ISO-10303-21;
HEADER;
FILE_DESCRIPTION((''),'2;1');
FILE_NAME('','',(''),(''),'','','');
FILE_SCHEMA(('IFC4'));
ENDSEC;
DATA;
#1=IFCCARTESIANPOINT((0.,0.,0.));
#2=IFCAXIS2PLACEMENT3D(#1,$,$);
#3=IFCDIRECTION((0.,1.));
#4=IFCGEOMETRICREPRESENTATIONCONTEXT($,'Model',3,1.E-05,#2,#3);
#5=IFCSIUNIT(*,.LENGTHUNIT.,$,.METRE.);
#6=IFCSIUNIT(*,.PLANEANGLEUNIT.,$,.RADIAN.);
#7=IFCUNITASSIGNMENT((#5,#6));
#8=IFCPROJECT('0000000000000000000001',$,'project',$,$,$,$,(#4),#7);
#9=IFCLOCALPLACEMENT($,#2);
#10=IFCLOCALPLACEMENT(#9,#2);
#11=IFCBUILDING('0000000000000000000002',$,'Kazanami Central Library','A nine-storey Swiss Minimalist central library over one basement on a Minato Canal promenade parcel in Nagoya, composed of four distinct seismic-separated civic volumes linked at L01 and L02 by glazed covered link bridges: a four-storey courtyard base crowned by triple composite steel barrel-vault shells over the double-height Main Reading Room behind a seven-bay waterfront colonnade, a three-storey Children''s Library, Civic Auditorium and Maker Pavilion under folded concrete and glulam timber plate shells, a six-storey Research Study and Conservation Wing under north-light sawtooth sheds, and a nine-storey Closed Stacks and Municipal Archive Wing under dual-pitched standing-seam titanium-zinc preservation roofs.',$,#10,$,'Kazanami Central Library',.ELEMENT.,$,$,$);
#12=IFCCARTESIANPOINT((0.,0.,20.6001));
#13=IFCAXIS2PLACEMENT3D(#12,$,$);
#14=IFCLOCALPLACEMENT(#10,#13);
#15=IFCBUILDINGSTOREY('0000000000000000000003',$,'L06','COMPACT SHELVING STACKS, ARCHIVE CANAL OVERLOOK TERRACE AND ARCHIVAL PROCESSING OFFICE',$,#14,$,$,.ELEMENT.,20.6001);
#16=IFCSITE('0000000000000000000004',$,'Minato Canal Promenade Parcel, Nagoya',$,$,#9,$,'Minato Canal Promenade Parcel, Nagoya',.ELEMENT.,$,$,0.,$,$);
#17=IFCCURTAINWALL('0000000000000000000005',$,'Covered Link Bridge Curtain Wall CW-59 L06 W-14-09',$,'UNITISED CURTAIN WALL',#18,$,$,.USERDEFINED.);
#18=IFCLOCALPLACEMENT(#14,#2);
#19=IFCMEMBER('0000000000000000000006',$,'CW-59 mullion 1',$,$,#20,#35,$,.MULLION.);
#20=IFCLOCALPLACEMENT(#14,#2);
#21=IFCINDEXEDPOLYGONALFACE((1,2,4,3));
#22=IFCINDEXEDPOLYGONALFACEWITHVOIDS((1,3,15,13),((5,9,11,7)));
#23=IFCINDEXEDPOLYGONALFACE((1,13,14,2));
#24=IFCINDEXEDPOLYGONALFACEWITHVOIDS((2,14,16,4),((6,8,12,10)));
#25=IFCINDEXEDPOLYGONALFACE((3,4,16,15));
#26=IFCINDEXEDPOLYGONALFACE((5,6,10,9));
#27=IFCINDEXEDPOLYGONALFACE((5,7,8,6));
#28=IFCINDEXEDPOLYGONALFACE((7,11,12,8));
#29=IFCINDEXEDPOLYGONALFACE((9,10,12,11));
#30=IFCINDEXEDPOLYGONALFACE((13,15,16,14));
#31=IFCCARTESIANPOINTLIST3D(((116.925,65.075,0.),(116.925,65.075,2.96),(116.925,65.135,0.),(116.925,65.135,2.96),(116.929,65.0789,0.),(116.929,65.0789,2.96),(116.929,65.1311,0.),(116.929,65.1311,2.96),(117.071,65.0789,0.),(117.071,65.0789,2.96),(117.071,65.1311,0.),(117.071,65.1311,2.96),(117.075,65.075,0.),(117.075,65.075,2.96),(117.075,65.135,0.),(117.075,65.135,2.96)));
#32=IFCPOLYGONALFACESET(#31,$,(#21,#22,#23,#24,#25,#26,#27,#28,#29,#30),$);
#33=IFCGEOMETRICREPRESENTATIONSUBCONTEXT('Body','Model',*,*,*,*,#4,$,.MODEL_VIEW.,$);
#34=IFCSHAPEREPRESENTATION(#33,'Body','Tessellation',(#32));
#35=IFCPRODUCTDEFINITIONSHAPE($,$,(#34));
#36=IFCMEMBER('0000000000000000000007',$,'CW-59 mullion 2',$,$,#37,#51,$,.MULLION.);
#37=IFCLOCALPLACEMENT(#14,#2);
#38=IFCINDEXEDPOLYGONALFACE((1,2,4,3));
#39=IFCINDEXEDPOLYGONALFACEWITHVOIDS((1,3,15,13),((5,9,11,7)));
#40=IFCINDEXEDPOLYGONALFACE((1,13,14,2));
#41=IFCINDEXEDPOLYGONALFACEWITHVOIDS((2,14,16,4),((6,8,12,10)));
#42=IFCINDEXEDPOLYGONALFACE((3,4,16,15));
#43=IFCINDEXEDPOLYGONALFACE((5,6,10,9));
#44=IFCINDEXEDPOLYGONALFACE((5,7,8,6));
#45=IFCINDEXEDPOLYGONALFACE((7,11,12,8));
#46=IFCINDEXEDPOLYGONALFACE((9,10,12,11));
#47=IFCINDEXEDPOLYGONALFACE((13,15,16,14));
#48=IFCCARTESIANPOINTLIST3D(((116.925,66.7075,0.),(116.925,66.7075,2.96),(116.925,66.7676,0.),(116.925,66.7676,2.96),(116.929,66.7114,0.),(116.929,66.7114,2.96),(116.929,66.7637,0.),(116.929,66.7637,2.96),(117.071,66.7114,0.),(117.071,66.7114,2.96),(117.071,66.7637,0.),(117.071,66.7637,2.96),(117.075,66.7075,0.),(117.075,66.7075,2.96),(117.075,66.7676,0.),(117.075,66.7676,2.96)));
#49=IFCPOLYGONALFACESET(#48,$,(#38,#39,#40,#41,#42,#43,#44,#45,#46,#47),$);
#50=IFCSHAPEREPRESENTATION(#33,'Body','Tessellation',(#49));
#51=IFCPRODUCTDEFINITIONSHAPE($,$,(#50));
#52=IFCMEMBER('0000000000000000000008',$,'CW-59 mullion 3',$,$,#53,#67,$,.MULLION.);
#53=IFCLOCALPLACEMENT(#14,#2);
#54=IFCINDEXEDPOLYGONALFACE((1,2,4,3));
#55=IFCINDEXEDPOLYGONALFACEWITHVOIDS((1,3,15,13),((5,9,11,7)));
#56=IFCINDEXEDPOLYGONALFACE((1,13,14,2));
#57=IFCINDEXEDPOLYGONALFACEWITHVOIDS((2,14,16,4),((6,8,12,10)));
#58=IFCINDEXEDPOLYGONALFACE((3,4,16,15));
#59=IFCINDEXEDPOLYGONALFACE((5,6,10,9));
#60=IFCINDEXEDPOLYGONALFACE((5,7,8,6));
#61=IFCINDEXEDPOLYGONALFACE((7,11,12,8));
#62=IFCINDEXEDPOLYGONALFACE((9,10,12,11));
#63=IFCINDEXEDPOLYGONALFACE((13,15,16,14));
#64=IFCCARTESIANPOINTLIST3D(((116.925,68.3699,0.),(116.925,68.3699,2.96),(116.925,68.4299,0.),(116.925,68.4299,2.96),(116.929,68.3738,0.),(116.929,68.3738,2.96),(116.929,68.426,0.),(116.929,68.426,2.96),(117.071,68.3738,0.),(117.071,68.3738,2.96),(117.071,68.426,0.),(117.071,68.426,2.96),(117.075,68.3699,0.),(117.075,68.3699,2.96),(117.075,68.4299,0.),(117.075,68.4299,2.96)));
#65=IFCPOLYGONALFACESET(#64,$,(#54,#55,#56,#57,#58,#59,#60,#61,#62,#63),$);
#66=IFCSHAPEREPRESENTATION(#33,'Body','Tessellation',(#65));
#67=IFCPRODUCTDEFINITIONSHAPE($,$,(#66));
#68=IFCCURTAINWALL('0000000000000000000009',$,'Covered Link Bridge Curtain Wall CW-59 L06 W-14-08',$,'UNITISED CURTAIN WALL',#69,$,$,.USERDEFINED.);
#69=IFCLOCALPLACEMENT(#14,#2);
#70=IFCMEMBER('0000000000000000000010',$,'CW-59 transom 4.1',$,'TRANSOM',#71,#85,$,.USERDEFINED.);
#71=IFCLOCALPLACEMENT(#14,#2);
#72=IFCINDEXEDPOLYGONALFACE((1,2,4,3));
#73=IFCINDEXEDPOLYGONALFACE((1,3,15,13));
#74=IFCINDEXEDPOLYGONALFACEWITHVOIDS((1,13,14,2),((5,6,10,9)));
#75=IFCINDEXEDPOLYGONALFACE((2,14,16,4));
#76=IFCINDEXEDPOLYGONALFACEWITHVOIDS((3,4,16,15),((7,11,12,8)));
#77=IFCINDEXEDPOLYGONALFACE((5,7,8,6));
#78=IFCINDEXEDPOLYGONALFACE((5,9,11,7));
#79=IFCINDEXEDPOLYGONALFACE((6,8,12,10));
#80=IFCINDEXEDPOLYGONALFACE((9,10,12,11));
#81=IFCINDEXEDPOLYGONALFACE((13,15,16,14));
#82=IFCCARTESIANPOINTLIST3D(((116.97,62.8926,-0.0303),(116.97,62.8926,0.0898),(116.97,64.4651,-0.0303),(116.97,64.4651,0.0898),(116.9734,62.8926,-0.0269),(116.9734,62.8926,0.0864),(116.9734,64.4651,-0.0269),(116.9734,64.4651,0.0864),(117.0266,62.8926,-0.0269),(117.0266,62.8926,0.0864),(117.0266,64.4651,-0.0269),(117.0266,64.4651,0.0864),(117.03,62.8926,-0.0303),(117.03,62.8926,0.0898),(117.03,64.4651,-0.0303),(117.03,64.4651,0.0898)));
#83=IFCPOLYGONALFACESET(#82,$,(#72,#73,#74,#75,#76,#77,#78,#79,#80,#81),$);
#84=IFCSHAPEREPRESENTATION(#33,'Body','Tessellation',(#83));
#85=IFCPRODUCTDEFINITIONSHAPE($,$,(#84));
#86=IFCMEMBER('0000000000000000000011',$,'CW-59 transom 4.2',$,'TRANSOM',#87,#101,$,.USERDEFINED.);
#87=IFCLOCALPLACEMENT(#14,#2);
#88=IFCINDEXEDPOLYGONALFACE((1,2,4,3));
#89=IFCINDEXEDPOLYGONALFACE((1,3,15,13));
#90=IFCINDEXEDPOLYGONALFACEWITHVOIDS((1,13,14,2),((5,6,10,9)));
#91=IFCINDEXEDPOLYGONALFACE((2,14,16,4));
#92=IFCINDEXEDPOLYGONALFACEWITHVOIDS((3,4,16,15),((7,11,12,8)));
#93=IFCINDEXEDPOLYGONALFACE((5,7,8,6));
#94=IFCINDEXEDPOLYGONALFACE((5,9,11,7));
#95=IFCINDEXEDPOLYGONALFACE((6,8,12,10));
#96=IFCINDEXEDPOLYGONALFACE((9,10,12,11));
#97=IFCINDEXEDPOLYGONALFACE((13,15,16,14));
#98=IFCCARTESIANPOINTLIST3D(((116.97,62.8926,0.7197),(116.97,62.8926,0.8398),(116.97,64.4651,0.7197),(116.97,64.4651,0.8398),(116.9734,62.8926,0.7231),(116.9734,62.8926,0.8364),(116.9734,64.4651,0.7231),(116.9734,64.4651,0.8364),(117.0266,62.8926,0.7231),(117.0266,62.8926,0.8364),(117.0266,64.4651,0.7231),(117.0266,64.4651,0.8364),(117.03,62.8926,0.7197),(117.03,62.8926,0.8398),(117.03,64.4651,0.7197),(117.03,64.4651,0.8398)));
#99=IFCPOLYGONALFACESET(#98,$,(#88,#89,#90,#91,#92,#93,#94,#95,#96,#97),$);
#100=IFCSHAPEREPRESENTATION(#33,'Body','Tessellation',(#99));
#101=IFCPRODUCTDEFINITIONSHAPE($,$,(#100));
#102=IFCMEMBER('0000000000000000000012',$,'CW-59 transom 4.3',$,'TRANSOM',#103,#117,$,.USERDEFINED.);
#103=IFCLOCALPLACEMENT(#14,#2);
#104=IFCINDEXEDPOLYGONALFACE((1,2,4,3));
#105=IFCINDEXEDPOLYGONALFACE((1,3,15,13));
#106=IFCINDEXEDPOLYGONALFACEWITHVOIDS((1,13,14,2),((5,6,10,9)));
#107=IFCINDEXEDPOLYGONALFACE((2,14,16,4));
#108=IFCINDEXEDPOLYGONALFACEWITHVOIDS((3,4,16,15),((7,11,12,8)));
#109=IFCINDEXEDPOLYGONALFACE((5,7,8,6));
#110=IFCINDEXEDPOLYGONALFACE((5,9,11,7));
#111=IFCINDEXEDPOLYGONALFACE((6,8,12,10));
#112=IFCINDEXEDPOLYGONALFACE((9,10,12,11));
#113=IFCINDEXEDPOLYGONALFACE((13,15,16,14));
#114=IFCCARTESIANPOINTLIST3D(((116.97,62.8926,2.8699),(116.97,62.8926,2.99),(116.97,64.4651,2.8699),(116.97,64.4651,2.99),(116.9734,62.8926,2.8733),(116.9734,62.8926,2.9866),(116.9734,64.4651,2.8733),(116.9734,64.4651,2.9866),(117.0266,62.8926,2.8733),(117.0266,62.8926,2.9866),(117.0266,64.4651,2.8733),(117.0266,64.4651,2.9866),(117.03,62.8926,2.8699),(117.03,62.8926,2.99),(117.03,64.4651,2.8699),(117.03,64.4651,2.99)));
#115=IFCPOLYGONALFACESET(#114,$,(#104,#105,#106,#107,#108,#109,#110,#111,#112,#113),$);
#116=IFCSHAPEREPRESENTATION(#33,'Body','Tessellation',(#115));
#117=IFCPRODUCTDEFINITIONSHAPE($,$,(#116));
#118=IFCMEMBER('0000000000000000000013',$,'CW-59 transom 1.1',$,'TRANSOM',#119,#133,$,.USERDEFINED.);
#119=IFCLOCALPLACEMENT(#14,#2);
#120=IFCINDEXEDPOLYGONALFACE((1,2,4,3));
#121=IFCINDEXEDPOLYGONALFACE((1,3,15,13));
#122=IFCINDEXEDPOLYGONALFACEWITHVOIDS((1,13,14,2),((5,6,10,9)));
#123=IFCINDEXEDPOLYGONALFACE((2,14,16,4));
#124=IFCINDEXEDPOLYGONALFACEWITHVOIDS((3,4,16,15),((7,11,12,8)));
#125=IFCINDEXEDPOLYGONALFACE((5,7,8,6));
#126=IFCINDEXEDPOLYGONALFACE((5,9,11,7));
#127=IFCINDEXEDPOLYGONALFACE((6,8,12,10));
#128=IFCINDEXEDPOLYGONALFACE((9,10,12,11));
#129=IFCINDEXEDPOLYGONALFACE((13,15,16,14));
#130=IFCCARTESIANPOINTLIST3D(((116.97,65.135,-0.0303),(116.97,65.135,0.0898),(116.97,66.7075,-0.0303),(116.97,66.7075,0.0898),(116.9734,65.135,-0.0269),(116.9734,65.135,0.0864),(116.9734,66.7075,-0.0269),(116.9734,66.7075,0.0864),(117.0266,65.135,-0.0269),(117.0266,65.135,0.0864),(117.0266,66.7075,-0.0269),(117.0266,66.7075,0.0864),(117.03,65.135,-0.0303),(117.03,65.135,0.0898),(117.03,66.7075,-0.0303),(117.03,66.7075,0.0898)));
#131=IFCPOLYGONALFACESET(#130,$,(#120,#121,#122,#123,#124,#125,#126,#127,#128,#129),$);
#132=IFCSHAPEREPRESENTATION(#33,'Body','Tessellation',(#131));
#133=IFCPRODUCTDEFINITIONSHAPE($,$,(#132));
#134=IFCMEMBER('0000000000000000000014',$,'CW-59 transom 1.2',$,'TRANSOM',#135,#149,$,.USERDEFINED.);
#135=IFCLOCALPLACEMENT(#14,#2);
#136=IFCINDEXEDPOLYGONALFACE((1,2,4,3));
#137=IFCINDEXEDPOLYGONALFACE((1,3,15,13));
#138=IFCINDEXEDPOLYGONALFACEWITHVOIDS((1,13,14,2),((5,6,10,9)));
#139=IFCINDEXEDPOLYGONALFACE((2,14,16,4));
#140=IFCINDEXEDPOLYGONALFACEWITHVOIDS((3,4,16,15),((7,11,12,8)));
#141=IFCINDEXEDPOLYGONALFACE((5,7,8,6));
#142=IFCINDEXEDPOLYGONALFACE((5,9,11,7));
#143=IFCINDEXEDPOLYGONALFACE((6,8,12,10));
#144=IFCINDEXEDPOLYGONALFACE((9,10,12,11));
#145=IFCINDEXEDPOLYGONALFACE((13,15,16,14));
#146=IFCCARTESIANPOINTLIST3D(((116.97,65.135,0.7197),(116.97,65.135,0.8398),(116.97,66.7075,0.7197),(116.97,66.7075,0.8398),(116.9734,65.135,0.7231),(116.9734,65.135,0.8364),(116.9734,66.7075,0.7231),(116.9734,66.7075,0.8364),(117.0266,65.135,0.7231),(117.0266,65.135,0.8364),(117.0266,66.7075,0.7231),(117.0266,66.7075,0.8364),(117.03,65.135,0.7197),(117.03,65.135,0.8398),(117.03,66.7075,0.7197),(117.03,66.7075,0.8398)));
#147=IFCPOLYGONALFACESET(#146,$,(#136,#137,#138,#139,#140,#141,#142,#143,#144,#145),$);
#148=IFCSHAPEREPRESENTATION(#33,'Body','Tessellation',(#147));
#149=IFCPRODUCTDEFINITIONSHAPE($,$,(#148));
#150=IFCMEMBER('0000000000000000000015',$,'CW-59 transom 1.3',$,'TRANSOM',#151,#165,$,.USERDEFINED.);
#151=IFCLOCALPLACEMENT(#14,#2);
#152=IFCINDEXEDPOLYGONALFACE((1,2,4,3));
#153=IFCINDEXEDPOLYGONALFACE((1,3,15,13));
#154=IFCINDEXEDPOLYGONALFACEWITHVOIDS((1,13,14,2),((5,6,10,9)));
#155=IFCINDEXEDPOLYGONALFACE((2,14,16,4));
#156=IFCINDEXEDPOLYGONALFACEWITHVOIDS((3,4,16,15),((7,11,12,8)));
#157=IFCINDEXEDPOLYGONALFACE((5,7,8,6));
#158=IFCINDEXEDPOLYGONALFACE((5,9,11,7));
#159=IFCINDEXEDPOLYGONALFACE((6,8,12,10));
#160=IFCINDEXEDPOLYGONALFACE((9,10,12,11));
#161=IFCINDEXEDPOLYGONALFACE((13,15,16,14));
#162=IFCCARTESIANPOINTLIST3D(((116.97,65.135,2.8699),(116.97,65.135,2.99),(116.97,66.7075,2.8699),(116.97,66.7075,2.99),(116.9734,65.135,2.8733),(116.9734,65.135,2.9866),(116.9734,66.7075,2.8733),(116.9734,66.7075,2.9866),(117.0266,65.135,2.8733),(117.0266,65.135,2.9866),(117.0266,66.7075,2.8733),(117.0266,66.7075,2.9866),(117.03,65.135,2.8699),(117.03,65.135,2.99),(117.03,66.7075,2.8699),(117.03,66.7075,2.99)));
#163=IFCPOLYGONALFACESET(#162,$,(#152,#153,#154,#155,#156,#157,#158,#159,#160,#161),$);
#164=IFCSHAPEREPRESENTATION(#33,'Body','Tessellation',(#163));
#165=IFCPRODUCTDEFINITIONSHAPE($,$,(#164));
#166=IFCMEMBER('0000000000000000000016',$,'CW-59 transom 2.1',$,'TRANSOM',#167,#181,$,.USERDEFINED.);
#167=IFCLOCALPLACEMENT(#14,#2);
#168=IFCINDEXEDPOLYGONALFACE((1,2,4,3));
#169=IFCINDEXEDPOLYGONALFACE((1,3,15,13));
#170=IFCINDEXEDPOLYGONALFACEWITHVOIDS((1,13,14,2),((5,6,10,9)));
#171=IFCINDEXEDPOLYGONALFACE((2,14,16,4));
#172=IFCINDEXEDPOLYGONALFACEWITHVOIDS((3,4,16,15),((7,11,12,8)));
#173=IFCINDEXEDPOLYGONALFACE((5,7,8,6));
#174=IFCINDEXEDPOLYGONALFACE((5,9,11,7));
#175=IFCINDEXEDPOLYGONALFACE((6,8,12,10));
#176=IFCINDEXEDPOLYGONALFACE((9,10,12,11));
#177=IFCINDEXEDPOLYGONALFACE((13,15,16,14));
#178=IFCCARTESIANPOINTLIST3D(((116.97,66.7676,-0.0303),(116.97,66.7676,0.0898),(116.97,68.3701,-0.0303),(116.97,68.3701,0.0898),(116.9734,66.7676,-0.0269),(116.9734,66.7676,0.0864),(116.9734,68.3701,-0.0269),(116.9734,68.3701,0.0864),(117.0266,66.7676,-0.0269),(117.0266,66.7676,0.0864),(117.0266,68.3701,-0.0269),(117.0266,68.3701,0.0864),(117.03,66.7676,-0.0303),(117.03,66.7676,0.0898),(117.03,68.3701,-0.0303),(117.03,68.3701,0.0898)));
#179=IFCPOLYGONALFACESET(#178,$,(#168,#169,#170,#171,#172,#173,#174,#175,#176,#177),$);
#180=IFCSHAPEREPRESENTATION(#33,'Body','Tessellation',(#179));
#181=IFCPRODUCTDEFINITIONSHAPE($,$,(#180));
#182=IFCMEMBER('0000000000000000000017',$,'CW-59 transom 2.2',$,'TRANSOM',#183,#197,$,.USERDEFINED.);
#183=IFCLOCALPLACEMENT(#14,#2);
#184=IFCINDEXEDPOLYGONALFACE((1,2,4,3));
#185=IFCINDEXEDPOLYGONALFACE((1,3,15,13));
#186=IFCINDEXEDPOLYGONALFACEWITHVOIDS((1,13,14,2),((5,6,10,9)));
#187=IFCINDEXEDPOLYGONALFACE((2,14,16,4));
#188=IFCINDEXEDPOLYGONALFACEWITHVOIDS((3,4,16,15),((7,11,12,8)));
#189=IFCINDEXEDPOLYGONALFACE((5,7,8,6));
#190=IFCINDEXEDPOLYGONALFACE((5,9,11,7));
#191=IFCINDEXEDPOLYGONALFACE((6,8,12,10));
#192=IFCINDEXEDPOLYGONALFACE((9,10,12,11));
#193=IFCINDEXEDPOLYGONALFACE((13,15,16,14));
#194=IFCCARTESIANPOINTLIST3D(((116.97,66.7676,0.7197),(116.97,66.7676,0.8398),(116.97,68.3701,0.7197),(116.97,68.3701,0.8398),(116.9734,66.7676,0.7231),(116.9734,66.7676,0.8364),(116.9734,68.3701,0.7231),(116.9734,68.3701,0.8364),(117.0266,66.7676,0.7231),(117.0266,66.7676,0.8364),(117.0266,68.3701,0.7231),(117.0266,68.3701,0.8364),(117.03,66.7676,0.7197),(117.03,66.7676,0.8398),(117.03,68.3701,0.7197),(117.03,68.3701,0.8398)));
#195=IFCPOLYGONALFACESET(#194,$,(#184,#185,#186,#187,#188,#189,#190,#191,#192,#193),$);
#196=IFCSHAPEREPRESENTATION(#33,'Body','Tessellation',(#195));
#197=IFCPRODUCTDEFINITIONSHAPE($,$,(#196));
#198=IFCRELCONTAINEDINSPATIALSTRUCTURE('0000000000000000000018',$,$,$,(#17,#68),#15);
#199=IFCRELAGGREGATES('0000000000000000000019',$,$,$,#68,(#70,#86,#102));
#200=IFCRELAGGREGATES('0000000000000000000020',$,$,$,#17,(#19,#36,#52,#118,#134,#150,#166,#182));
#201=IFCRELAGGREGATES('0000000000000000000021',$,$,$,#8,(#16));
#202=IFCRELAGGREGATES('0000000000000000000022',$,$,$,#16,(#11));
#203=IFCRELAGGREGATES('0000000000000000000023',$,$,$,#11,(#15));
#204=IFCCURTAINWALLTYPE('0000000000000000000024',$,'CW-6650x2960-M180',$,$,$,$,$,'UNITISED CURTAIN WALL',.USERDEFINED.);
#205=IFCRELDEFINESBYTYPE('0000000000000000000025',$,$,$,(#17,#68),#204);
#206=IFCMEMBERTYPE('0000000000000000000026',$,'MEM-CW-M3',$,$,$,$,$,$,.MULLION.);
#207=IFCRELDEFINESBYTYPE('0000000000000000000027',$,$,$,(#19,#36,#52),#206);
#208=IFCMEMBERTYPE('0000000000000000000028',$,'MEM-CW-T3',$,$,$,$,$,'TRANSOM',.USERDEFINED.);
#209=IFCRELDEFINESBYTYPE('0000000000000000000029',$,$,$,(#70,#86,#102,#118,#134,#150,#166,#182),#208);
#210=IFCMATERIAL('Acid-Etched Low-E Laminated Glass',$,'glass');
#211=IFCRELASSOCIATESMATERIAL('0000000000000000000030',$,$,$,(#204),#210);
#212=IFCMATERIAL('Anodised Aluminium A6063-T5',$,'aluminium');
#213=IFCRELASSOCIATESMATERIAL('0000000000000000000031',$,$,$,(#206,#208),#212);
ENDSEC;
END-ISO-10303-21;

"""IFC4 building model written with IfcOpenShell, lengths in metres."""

from ifc_helpers import new_model, si_unit, direction, frame, origin, origin_2d, place, context, subcontext, project, spatial, hollow_rectangle, extrude, material, material_profile, profile_set, type_object, element, aggregate, save


model = new_model("IFC4")

# Units and contexts
model_context = context("Model", 3, precision=1e-05, world=origin(), true_north=direction((0.0, 1.0)))
body_context = subcontext(model_context, "Body", "Model", "MODEL_VIEW")
ifc_project = project(units=[si_unit("LENGTHUNIT", "METRE"), si_unit("PLANEANGLEUNIT", "RADIAN")], contexts=[model_context])

# Site, building, storey
site_placement = place(None, origin())
site = spatial("IfcSite", under=ifc_project, at=site_placement, Name="Minato Canal Promenade Parcel, Nagoya", LongName="Minato Canal Promenade Parcel, Nagoya", CompositionType="ELEMENT", RefElevation=0.0)
building_placement = place(site_placement, origin())
building = spatial("IfcBuilding", under=site, at=building_placement, Name="Kazanami Central Library", Description="A nine-storey Swiss Minimalist central library over one basement on a Minato Canal promenade parcel in Nagoya, composed of four distinct seismic-separated civic volumes linked at L01 and L02 by glazed covered link bridges: a four-storey courtyard base crowned by triple composite steel barrel-vault shells over the double-height Main Reading Room behind a seven-bay waterfront colonnade, a three-storey Children's Library, Civic Auditorium and Maker Pavilion under folded concrete and glulam timber plate shells, a six-storey Research Study and Conservation Wing under north-light sawtooth sheds, and a nine-storey Closed Stacks and Municipal Archive Wing under dual-pitched standing-seam titanium-zinc preservation roofs.", LongName="Kazanami Central Library", CompositionType="ELEMENT")
storey_placement = place(building_placement, frame((0.0, 0.0, 20.6001)))
storey = spatial("IfcBuildingStorey", under=building, at=storey_placement, Name="L06", Description="COMPACT SHELVING STACKS, ARCHIVE CANAL OVERLOOK TERRACE AND ARCHIVAL PROCESSING OFFICE", CompositionType="ELEMENT", Elevation=20.6001)

# Curtain walls, members
ifc_material_1 = material(Name="Acid-Etched Low-E Laminated Glass", Category="glass")
curtain_wall_type = type_object("IfcCurtainWallType", Name="CW-6650x2960-M180", ElementType="UNITISED CURTAIN WALL", PredefinedType="USERDEFINED", material=ifc_material_1)
curtain_wall_1_placement = place(storey_placement, origin())
curtain_wall_1 = element("IfcCurtainWall", 1, at=curtain_wall_1_placement, inside=storey, type_object=curtain_wall_type, Name="Covered Link Bridge Curtain Wall CW-59 L06 W-14-09", ObjectType="UNITISED CURTAIN WALL", PredefinedType="USERDEFINED")
ifc_material_2 = material(Name="Anodised Aluminium A6063-T5", Category="aluminium")
ifc_material_profile_1 = material_profile(ifc_material_2, hollow_rectangle(XDim=0.0601, YDim=0.1499, WallThickness=0.0039, at=origin_2d()), Name="ALU-MULL-60x150x4")
ifc_profile_set_1 = profile_set([ifc_material_profile_1], Name="Anodised Aluminium A6063-T5")
member_type_1 = type_object("IfcMemberType", Name="MEM-CW-M3", PredefinedType="MULLION", material=ifc_profile_set_1)
member_1_placement = place(storey_placement, frame((117.0, 65.105, 0.0), z_axis=(0.0, 0.0, 1.0), x_axis=(0.0, 1.0, 0.0)))
member_1 = element("IfcMember", 2, at=member_1_placement, type_object=member_type_1, Name="CW-59 mullion 1", PredefinedType="MULLION", context=body_context, shape_type="SweptSolid", body=[
    extrude(hollow_rectangle(XDim=0.0601, YDim=0.1499, WallThickness=0.0039, at=origin_2d()), origin(), (0.0, 0.0, 1.0), 2.96),
])
member_2_placement = place(storey_placement, frame((117.0, 66.7375, 0.0), z_axis=(0.0, 0.0, 1.0), x_axis=(0.0, 1.0, 0.0)))
member_2 = element("IfcMember", 3, at=member_2_placement, type_object=member_type_1, Name="CW-59 mullion 2", PredefinedType="MULLION", context=body_context, shape_type="SweptSolid", body=[
    extrude(hollow_rectangle(XDim=0.0601, YDim=0.1499, WallThickness=0.0039, at=origin_2d()), origin(), (0.0, 0.0, 1.0), 2.96),
])
member_3_placement = place(storey_placement, frame((117.0, 68.3999, 0.0), z_axis=(0.0, 0.0, 1.0), x_axis=(0.0, 1.0, 0.0)))
member_3 = element("IfcMember", 4, at=member_3_placement, type_object=member_type_1, Name="CW-59 mullion 3", PredefinedType="MULLION", context=body_context, shape_type="SweptSolid", body=[
    extrude(hollow_rectangle(XDim=0.0601, YDim=0.1499, WallThickness=0.0039, at=origin_2d()), origin(), (0.0, 0.0, 1.0), 2.96),
])
curtain_wall_2_placement = place(storey_placement, origin())
curtain_wall_2 = element("IfcCurtainWall", 5, at=curtain_wall_2_placement, inside=storey, type_object=curtain_wall_type, Name="Covered Link Bridge Curtain Wall CW-59 L06 W-14-08", ObjectType="UNITISED CURTAIN WALL", PredefinedType="USERDEFINED")
ifc_material_profile_2 = material_profile(ifc_material_2, hollow_rectangle(XDim=0.0601, YDim=0.1201, WallThickness=0.0034, at=origin_2d()), Name="ALU-TRAN-60x120x3.5")
ifc_profile_set_2 = profile_set([ifc_material_profile_2], Name="Anodised Aluminium A6063-T5")
member_type_2 = type_object("IfcMemberType", Name="MEM-CW-T3", ElementType="TRANSOM", PredefinedType="USERDEFINED", material=ifc_profile_set_2)
member_4_placement = place(storey_placement, frame((117.0, 62.8926, 0.0298), z_axis=(0.0, 1.0, 0.0), x_axis=(-1.0, 0.0, 0.0)))
member_4 = element("IfcMember", 6, at=member_4_placement, type_object=member_type_2, Name="CW-59 transom 4.1", ObjectType="TRANSOM", PredefinedType="USERDEFINED", context=body_context, shape_type="SweptSolid", body=[
    extrude(hollow_rectangle(XDim=0.0601, YDim=0.1201, WallThickness=0.0034, at=origin_2d()), origin(), (0.0, 0.0, 1.0), 1.5725),
])
member_5_placement = place(storey_placement, frame((117.0, 62.8926, 0.7798), z_axis=(0.0, 1.0, 0.0), x_axis=(-1.0, 0.0, 0.0)))
member_5 = element("IfcMember", 7, at=member_5_placement, type_object=member_type_2, Name="CW-59 transom 4.2", ObjectType="TRANSOM", PredefinedType="USERDEFINED", context=body_context, shape_type="SweptSolid", body=[
    extrude(hollow_rectangle(XDim=0.0601, YDim=0.1201, WallThickness=0.0034, at=origin_2d()), origin(), (0.0, 0.0, 1.0), 1.5725),
])
member_6_placement = place(storey_placement, frame((117.0, 62.8926, 2.9299), z_axis=(0.0, 1.0, 0.0), x_axis=(-1.0, 0.0, 0.0)))
member_6 = element("IfcMember", 8, at=member_6_placement, type_object=member_type_2, Name="CW-59 transom 4.3", ObjectType="TRANSOM", PredefinedType="USERDEFINED", context=body_context, shape_type="SweptSolid", body=[
    extrude(hollow_rectangle(XDim=0.0601, YDim=0.1201, WallThickness=0.0034, at=origin_2d()), origin(), (0.0, 0.0, 1.0), 1.5725),
])

# Members
member_7_placement = place(storey_placement, frame((117.0, 65.135, 0.0298), z_axis=(0.0, 1.0, 0.0), x_axis=(-1.0, 0.0, 0.0)))
member_7 = element("IfcMember", 9, at=member_7_placement, type_object=member_type_2, Name="CW-59 transom 1.1", ObjectType="TRANSOM", PredefinedType="USERDEFINED", context=body_context, shape_type="SweptSolid", body=[
    extrude(hollow_rectangle(XDim=0.0601, YDim=0.1201, WallThickness=0.0034, at=origin_2d()), origin(), (0.0, 0.0, 1.0), 1.5725),
])
member_8_placement = place(storey_placement, frame((117.0, 65.135, 0.7798), z_axis=(0.0, 1.0, 0.0), x_axis=(-1.0, 0.0, 0.0)))
member_8 = element("IfcMember", 10, at=member_8_placement, type_object=member_type_2, Name="CW-59 transom 1.2", ObjectType="TRANSOM", PredefinedType="USERDEFINED", context=body_context, shape_type="SweptSolid", body=[
    extrude(hollow_rectangle(XDim=0.0601, YDim=0.1201, WallThickness=0.0034, at=origin_2d()), origin(), (0.0, 0.0, 1.0), 1.5725),
])
member_9_placement = place(storey_placement, frame((117.0, 65.135, 2.9299), z_axis=(0.0, 1.0, 0.0), x_axis=(-1.0, 0.0, 0.0)))
member_9 = element("IfcMember", 11, at=member_9_placement, type_object=member_type_2, Name="CW-59 transom 1.3", ObjectType="TRANSOM", PredefinedType="USERDEFINED", context=body_context, shape_type="SweptSolid", body=[
    extrude(hollow_rectangle(XDim=0.0601, YDim=0.1201, WallThickness=0.0034, at=origin_2d()), origin(), (0.0, 0.0, 1.0), 1.5725),
])
member_10_placement = place(storey_placement, frame((117.0, 66.7676, 0.0298), z_axis=(0.0, 1.0, 0.0), x_axis=(-1.0, 0.0, 0.0)))
member_10 = element("IfcMember", 12, at=member_10_placement, type_object=member_type_2, Name="CW-59 transom 2.1", ObjectType="TRANSOM", PredefinedType="USERDEFINED", context=body_context, shape_type="SweptSolid", body=[
    extrude(hollow_rectangle(XDim=0.0601, YDim=0.1201, WallThickness=0.0034, at=origin_2d()), origin(), (0.0, 0.0, 1.0), 1.6025),
])
member_11_placement = place(storey_placement, frame((117.0, 66.7676, 0.7798), z_axis=(0.0, 1.0, 0.0), x_axis=(-1.0, 0.0, 0.0)))
member_11 = element("IfcMember", 13, at=member_11_placement, type_object=member_type_2, Name="CW-59 transom 2.2", ObjectType="TRANSOM", PredefinedType="USERDEFINED", context=body_context, shape_type="SweptSolid", body=[
    extrude(hollow_rectangle(XDim=0.0601, YDim=0.1201, WallThickness=0.0034, at=origin_2d()), origin(), (0.0, 0.0, 1.0), 1.6025),
])

aggregate(curtain_wall_2, [member_4, member_5, member_6])
aggregate(curtain_wall_1, [member_1, member_2, member_3, member_7, member_8, member_9, member_10, member_11])

save(model, "model.ifc")
